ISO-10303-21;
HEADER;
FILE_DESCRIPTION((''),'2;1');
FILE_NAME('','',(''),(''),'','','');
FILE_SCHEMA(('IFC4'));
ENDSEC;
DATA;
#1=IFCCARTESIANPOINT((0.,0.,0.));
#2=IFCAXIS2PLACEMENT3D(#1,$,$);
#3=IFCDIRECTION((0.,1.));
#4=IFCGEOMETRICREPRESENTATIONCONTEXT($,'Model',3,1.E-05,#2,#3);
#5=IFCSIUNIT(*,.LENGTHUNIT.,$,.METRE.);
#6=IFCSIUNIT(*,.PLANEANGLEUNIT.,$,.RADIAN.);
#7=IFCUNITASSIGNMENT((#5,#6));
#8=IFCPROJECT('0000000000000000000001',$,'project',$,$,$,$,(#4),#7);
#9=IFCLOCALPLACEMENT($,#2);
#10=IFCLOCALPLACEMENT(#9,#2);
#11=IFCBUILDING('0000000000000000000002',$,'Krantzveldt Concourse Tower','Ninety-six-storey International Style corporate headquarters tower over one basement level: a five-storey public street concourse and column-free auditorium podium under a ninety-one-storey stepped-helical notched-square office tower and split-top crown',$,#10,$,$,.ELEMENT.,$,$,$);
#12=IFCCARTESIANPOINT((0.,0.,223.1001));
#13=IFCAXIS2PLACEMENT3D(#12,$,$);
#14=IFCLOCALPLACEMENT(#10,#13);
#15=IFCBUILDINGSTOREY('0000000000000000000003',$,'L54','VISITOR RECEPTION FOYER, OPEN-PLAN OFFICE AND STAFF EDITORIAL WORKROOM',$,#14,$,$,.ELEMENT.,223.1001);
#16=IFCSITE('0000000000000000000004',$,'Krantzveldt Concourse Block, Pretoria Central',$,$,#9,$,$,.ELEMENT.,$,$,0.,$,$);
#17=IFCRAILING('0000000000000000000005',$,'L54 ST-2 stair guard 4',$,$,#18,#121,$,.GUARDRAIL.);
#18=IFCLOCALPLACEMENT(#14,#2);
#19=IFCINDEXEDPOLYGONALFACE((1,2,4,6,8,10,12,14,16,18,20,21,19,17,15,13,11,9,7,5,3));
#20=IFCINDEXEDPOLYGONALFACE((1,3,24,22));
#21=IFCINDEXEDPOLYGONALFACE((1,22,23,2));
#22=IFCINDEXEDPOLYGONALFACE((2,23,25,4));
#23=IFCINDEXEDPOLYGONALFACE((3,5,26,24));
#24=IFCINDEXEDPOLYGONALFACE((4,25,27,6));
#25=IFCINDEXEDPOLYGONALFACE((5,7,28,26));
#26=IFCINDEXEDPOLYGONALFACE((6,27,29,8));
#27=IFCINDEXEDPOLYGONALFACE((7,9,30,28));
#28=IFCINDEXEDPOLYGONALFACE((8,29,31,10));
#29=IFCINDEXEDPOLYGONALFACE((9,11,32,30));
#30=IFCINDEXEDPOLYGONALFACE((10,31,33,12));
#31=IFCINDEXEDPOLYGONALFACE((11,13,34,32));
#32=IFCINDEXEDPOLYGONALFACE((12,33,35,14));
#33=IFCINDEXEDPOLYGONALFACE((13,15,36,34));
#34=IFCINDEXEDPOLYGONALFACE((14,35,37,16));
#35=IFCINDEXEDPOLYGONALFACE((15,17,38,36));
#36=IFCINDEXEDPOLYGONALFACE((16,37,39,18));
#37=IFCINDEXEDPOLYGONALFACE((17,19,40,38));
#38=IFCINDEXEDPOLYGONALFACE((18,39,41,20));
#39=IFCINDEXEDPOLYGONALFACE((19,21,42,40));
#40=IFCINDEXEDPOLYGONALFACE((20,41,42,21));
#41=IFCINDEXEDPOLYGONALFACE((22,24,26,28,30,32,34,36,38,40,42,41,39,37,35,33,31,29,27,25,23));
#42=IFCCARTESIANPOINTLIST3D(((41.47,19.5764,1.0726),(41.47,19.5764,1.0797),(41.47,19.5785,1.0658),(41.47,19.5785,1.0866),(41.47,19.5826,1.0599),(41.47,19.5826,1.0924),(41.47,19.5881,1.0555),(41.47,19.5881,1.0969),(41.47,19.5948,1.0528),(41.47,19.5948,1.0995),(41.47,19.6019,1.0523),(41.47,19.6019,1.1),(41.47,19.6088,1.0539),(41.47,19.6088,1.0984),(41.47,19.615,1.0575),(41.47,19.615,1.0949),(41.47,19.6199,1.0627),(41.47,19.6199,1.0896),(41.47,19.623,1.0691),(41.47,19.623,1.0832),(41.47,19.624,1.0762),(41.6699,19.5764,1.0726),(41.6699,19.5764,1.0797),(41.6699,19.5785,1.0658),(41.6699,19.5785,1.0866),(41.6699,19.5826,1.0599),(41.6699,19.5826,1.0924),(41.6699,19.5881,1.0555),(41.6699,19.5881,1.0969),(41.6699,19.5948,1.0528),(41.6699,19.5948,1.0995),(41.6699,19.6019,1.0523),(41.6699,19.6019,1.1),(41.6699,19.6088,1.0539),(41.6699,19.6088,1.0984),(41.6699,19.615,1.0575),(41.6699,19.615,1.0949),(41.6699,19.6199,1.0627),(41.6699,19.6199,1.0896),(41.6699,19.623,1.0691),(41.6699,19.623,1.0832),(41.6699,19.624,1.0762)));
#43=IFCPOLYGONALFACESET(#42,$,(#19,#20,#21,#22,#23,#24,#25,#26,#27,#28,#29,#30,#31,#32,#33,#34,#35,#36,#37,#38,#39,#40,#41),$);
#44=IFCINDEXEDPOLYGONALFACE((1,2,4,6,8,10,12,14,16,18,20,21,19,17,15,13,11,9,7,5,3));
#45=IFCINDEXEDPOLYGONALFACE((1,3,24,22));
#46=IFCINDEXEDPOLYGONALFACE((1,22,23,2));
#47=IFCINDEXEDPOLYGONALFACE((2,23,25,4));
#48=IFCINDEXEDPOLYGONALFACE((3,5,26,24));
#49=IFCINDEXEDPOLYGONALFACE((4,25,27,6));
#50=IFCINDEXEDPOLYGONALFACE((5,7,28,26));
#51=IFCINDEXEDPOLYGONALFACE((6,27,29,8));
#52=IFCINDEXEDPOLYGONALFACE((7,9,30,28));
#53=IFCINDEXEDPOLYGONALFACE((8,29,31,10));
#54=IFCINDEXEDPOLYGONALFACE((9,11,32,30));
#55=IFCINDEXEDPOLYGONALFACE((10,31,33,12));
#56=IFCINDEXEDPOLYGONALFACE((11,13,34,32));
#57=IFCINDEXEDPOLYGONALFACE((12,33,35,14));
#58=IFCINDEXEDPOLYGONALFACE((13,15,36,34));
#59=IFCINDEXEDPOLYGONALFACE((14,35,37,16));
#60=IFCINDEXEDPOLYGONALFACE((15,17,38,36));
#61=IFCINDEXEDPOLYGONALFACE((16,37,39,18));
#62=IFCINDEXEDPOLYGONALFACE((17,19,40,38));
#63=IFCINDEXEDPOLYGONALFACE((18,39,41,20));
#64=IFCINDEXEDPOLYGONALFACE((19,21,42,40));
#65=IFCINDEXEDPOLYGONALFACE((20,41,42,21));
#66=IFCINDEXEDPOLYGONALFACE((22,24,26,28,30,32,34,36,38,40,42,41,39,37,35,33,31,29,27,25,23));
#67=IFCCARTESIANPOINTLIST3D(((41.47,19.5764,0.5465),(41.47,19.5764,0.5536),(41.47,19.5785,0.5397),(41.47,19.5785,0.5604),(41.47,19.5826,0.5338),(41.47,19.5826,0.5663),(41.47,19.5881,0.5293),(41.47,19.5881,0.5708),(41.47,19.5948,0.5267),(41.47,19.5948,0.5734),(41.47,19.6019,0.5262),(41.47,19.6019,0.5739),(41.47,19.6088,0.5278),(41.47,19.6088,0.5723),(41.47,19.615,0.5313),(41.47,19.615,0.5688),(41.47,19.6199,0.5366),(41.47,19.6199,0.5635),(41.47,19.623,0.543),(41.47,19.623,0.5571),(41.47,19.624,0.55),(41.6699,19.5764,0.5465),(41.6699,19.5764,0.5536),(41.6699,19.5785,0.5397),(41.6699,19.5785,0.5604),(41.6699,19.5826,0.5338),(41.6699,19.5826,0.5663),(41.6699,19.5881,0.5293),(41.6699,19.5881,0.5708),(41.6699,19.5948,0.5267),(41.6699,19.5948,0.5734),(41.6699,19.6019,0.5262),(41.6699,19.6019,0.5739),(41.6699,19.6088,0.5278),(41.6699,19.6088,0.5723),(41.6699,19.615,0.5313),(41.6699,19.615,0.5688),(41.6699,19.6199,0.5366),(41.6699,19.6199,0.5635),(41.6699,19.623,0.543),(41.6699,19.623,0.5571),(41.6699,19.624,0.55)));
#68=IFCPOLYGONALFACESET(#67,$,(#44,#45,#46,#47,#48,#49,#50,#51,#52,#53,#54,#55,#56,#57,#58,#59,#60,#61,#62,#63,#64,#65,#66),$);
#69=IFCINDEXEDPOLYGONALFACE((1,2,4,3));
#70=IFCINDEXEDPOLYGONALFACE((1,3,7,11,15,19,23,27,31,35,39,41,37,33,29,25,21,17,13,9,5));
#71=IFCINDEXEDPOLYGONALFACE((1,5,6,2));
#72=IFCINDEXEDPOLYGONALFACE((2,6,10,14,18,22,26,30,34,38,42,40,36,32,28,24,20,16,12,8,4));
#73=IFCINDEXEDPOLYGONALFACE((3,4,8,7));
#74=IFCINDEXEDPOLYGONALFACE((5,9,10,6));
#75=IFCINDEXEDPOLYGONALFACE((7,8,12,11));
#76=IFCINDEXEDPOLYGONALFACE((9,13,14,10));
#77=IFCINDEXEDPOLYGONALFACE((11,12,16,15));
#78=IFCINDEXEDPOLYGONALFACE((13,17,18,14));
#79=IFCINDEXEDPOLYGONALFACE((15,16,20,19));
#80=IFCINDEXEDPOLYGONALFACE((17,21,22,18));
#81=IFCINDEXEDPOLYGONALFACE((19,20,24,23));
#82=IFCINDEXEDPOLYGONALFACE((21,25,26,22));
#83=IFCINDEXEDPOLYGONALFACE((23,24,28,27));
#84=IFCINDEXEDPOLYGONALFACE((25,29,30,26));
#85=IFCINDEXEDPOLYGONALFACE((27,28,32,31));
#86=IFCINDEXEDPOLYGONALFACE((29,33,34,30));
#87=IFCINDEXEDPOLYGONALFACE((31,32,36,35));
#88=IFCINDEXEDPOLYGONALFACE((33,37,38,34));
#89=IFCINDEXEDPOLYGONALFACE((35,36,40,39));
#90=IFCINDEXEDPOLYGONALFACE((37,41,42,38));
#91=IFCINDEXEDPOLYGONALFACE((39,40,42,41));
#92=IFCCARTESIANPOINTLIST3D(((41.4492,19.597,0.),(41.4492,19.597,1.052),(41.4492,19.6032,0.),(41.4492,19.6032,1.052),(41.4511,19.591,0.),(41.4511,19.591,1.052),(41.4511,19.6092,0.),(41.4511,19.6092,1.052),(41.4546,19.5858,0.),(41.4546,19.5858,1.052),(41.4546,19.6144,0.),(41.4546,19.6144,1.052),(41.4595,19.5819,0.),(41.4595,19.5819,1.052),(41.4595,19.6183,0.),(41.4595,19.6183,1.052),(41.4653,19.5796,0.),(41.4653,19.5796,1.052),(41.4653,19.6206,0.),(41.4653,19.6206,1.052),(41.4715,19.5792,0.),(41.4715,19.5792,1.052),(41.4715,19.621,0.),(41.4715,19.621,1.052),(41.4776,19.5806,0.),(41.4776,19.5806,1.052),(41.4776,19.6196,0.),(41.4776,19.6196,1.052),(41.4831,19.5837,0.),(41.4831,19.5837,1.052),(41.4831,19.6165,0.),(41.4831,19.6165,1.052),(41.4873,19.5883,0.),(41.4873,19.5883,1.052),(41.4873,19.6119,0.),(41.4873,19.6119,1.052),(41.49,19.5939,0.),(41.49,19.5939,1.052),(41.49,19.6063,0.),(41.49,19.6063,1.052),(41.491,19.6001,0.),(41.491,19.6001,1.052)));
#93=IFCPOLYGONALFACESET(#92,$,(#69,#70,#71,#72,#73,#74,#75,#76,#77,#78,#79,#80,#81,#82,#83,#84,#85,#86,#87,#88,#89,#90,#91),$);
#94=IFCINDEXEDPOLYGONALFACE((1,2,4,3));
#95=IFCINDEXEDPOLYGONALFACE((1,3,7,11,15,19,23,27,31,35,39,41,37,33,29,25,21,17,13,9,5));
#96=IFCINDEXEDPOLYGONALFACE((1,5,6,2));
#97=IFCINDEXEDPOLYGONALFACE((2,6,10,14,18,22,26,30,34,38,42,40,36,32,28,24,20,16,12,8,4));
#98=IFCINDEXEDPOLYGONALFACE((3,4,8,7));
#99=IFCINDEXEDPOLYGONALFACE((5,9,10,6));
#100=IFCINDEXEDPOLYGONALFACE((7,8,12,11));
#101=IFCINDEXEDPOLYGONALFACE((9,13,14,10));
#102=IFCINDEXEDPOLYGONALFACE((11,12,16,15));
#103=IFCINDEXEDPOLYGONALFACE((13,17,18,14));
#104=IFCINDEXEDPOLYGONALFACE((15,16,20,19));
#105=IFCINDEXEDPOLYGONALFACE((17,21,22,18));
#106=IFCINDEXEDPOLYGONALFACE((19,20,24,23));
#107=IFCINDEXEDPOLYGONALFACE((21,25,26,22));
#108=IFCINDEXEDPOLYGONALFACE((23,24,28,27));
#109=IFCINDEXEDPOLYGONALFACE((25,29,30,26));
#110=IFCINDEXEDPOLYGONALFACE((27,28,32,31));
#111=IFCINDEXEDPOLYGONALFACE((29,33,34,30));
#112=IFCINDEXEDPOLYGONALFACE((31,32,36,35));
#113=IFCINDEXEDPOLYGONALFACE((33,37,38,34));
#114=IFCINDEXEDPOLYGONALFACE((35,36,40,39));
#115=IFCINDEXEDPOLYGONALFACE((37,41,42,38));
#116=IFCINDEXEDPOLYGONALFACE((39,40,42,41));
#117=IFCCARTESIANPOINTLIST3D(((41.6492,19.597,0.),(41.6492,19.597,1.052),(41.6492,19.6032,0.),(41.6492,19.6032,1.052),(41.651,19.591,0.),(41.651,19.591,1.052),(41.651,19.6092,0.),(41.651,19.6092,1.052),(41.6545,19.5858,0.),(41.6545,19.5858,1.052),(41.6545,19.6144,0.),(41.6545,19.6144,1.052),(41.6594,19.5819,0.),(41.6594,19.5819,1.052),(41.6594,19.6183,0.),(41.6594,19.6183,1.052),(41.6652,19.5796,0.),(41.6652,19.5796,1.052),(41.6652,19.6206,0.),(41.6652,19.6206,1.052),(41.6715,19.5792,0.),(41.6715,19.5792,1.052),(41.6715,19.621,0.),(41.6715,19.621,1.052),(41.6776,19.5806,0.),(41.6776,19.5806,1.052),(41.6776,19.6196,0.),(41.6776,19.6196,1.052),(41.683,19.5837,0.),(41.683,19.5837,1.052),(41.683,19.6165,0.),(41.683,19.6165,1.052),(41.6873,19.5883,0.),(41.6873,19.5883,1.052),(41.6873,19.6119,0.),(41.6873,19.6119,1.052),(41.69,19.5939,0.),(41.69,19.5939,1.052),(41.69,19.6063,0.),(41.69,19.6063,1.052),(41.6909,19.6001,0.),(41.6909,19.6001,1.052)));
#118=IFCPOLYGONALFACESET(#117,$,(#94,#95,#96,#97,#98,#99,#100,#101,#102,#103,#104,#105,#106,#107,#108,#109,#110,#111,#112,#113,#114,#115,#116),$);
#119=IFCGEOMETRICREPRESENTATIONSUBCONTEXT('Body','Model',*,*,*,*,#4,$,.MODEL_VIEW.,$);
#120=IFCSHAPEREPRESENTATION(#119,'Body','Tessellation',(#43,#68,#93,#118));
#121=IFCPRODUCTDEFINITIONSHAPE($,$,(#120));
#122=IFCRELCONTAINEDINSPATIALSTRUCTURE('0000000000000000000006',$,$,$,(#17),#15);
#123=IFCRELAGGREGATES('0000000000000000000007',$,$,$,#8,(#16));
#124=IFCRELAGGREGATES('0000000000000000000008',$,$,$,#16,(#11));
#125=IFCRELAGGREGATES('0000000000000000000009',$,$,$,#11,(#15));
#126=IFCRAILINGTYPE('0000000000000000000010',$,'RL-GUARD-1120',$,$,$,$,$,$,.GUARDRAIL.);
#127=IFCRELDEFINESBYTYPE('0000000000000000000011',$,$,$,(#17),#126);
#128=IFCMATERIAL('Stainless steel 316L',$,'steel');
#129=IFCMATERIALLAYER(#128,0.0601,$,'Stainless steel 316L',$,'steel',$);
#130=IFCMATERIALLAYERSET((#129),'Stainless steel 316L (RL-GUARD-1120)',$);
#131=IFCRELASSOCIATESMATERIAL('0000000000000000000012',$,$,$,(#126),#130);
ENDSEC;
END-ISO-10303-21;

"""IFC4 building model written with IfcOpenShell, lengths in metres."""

from ifc_helpers import new_model, si_unit, direction, frame, origin, origin_2d, place, context, subcontext, project, spatial, circle, extrude, material, layer, layer_set, type_object, element, save


model = new_model("IFC4")

# Units and contexts
model_context = context("Model", 3, precision=1e-05, world=origin(), true_north=direction((0.0, 1.0)))
body_context = subcontext(model_context, "Body", "Model", "MODEL_VIEW")
ifc_project = project(units=[si_unit("LENGTHUNIT", "METRE"), si_unit("PLANEANGLEUNIT", "RADIAN")], contexts=[model_context])

# Site, building, storey
site_placement = place(None, origin())
site = spatial("IfcSite", under=ifc_project, at=site_placement, Name="Krantzveldt Concourse Block, Pretoria Central", CompositionType="ELEMENT", RefElevation=0.0)
building_placement = place(site_placement, origin())
building = spatial("IfcBuilding", under=site, at=building_placement, Name="Krantzveldt Concourse Tower", Description="Ninety-six-storey International Style corporate headquarters tower over one basement level: a five-storey public street concourse and column-free auditorium podium under a ninety-one-storey stepped-helical notched-square office tower and split-top crown", CompositionType="ELEMENT")
storey_placement = place(building_placement, frame((0.0, 0.0, 223.1001)))
storey = spatial("IfcBuildingStorey", under=building, at=storey_placement, Name="L54", Description="VISITOR RECEPTION FOYER, OPEN-PLAN OFFICE AND STAFF EDITORIAL WORKROOM", CompositionType="ELEMENT", Elevation=223.1001)

# Shared definitions
ifc_material_1 = material(Name="Stainless steel 316L", Category="steel")

# Railing
ifc_layer_1 = layer(ifc_material_1, 0.0601, Name="Stainless steel 316L", Category="steel")
ifc_layer_set_1 = layer_set([ifc_layer_1], Name="Stainless steel 316L (RL-GUARD-1120)")
railing_type_1 = type_object("IfcRailingType", Name="RL-GUARD-1120", PredefinedType="GUARDRAIL", material=ifc_layer_set_1)
railing_1_placement = place(storey_placement, frame((41.47, 19.6001, 0.0)))
element("IfcRailing", 1, at=railing_1_placement, inside=storey, type_object=railing_type_1, Name="L54 ST-2 stair guard 4", PredefinedType="GUARDRAIL", context=body_context, shape_type="SweptSolid", body=[
    extrude(circle(Radius=0.0239, at=origin_2d()), frame((0.0, 0.0, 1.0762), z_axis=(1.0, 0.0, 0.0), x_axis=(0.0, 1.0, 0.0)), (0.0, 0.0, 1.0), 0.2),
    extrude(circle(Radius=0.0239, at=origin_2d()), frame((0.0, 0.0, 0.55), z_axis=(1.0, 0.0, 0.0), x_axis=(0.0, 1.0, 0.0)), (0.0, 0.0, 1.0), 0.2),
    extrude(circle(Radius=0.021, at=origin_2d()), origin(), (0.0, 0.0, 1.0), 1.052),
    extrude(circle(Radius=0.021, at=origin_2d()), frame((0.2, 0.0, 0.0)), (0.0, 0.0, 1.0), 1.052),
])

save(model, "model.ifc")
